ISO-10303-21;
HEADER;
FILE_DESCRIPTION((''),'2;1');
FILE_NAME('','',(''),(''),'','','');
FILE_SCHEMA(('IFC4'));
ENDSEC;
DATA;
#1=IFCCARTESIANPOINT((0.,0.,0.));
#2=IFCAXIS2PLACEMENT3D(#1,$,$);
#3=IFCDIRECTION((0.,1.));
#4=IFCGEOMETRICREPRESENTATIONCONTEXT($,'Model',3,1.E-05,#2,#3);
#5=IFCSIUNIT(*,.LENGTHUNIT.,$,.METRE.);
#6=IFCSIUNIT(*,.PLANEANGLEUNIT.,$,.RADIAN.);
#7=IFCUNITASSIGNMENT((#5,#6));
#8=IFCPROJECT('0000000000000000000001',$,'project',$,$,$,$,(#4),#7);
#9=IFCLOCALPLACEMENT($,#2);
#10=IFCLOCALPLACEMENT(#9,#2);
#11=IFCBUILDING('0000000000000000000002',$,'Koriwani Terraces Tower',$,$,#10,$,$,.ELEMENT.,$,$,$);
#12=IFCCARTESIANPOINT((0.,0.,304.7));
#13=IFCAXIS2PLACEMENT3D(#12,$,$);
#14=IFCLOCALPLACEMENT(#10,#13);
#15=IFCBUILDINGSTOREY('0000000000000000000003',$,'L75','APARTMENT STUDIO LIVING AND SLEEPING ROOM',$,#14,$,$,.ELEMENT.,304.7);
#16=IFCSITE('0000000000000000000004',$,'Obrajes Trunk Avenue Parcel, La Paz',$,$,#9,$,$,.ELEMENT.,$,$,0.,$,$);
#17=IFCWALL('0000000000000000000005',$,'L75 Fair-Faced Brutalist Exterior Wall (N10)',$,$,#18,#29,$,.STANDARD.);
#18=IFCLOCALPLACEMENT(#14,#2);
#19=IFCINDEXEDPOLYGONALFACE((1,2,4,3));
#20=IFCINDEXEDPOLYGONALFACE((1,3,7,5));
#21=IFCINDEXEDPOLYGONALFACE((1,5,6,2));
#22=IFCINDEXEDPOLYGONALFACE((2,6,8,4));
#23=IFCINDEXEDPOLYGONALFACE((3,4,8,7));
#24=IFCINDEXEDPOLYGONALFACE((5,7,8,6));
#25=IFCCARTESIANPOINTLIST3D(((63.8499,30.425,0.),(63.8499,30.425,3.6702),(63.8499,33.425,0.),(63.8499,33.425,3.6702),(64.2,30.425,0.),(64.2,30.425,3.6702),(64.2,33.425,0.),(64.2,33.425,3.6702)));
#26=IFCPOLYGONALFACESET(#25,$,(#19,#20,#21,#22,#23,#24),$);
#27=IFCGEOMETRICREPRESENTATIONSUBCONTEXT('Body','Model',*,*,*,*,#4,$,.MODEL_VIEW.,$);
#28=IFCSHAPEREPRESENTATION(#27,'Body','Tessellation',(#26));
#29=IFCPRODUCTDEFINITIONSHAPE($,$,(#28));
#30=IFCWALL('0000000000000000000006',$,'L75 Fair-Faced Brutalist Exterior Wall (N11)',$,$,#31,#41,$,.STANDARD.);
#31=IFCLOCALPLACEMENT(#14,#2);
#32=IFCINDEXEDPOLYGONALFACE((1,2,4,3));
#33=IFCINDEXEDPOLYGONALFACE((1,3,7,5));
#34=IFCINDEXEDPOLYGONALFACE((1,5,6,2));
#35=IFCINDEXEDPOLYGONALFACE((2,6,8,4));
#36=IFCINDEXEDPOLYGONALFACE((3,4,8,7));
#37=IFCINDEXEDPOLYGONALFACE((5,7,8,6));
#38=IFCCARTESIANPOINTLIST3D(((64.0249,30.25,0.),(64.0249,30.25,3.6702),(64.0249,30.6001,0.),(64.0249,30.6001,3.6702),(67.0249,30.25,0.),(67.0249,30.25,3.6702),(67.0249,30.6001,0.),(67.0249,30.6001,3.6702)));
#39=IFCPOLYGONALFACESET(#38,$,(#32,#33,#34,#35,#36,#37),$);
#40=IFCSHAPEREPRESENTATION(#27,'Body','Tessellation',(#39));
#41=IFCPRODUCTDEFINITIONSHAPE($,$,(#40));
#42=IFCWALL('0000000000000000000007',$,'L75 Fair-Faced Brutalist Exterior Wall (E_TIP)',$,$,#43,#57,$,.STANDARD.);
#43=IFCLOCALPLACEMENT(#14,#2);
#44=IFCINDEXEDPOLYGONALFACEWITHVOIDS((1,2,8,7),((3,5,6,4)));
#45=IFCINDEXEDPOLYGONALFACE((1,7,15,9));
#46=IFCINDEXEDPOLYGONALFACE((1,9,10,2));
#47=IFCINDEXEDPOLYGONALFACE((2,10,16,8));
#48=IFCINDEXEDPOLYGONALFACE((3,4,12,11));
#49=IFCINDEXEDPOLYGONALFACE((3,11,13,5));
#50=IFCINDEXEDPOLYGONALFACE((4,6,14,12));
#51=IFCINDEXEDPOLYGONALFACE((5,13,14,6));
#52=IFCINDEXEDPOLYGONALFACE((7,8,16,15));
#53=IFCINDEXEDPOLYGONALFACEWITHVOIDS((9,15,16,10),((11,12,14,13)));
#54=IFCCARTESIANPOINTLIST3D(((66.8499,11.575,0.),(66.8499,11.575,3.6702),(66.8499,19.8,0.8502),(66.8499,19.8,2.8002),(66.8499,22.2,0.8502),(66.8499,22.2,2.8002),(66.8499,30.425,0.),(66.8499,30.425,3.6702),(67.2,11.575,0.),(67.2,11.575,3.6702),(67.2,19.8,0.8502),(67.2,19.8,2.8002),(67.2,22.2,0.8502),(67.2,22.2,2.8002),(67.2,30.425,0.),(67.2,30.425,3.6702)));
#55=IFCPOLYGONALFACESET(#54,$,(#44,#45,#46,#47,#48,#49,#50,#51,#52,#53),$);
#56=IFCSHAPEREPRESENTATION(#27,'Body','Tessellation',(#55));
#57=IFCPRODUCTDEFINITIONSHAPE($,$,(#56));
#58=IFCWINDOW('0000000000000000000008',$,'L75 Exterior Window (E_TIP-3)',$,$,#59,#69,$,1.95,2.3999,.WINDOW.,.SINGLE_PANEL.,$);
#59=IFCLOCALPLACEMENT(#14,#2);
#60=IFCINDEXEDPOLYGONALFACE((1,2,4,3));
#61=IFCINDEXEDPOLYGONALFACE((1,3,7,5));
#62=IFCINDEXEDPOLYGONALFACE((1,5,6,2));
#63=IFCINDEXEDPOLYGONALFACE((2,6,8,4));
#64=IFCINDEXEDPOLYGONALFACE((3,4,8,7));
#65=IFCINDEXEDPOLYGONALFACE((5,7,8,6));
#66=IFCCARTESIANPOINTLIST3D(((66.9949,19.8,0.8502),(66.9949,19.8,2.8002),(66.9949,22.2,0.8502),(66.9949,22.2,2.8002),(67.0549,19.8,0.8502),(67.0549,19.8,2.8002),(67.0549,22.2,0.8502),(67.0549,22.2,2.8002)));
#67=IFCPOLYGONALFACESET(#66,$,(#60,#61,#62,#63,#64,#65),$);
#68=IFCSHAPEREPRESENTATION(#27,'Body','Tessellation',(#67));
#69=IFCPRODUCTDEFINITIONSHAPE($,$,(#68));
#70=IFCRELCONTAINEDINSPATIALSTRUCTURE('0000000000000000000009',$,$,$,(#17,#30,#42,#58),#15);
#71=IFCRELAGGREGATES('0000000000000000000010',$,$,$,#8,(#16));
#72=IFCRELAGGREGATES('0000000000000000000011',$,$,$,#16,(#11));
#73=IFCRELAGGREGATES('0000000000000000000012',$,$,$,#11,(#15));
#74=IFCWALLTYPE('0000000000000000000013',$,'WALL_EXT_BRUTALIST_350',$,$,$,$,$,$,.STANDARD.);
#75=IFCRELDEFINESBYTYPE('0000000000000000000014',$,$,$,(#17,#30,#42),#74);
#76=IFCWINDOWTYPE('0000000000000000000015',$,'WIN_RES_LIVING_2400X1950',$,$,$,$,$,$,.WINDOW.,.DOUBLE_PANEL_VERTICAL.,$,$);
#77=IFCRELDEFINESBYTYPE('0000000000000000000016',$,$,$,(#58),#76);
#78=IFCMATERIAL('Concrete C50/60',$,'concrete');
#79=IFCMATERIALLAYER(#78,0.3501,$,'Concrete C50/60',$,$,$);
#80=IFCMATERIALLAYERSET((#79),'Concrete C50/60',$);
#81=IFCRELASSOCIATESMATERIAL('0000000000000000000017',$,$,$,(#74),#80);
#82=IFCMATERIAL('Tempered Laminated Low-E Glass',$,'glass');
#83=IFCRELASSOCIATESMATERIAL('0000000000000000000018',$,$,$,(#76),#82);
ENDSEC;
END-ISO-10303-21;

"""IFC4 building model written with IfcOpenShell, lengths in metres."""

from ifc_helpers import new_model, si_unit, direction, frame, frame_2d, origin, place, context, subcontext, project, spatial, rectangle, extrude, material, layer, layer_set, type_object, element, fill, save


model = new_model("IFC4")

# Units and contexts
model_context = context("Model", 3, precision=1e-05, world=origin(), true_north=direction((0.0, 1.0)))
body_context = subcontext(model_context, "Body", "Model", "MODEL_VIEW")
ifc_project = project(units=[si_unit("LENGTHUNIT", "METRE"), si_unit("PLANEANGLEUNIT", "RADIAN")], contexts=[model_context])

# Site, building, storey
site_placement = place(None, origin())
site = spatial("IfcSite", under=ifc_project, at=site_placement, Name="Obrajes Trunk Avenue Parcel, La Paz", CompositionType="ELEMENT", RefElevation=0.0)
building_placement = place(site_placement, origin())
building = spatial("IfcBuilding", under=site, at=building_placement, Name="Koriwani Terraces Tower", CompositionType="ELEMENT")
storey_placement = place(building_placement, frame((0.0, 0.0, 304.7)))
storey = spatial("IfcBuildingStorey", under=building, at=storey_placement, Name="L75", Description="APARTMENT STUDIO LIVING AND SLEEPING ROOM", CompositionType="ELEMENT", Elevation=304.7)

# Shared definitions
ifc_material_1 = material(Name="Concrete C50/60", Category="concrete")

# Shared definitions
ifc_layer_1 = layer(ifc_material_1, 0.3501, Name="Concrete C50/60")
ifc_layer_set_1 = layer_set([ifc_layer_1], Name="Concrete C50/60")
wall_type_1 = type_object("IfcWallType", Name="WALL_EXT_BRUTALIST_350", PredefinedType="STANDARD", material=ifc_layer_set_1)

# Walls
for number, where, z_axis, x_axis, name in (
    (1, (64.0249, 33.425, 0.0), (0.0, 0.0, 1.0), (0.0, -1.0, 0.0), "L75 Fair-Faced Brutalist Exterior Wall (N10)"),
    (2, (64.0249, 30.425, 0.0), (0.0, 0.0, 1.0), (1.0, 0.0, 0.0), "L75 Fair-Faced Brutalist Exterior Wall (N11)"),
):
    element("IfcWall", number, at=place(storey_placement, frame(where, z_axis=z_axis, x_axis=x_axis)), inside=storey, type_object=wall_type_1, Name=name, PredefinedType="STANDARD", context=body_context, shape_type="SweptSolid", body=[
        extrude(rectangle(XDim=3.0, YDim=0.3501, at=frame_2d((1.5, 0.0))), origin(), (0.0, 0.0, 1.0), 3.6702),
    ])

# Wall, opening, window
wall_1_placement = place(storey_placement, frame((67.0249, 30.425, 0.0), z_axis=(0.0, 0.0, 1.0), x_axis=(0.0, -1.0, 0.0)))
wall_1 = element("IfcWall", 3, at=wall_1_placement, inside=storey, type_object=wall_type_1, Name="L75 Fair-Faced Brutalist Exterior Wall (E_TIP)", PredefinedType="STANDARD", context=body_context, shape_type="SweptSolid", body=[
    extrude(rectangle(XDim=18.8501, YDim=0.3501, at=frame_2d((9.425, 0.0))), origin(), (0.0, 0.0, 1.0), 3.6702),
])
opening_1_placement = place(wall_1_placement, frame((8.2251, 0.0, 0.8501)))
opening_1 = element("IfcOpeningElement", 4, at=opening_1_placement, cuts=wall_1, PredefinedType="OPENING", context=body_context, shape_type="SweptSolid", body=[
    extrude(rectangle(XDim=2.3999, YDim=1.95, at=frame_2d((1.2, 0.9751))), frame((0.0, 0.1851, 0.0), z_axis=(0.0, -1.0, 0.0), x_axis=(1.0, 0.0, 0.0)), (0.0, 0.0, 1.0), 0.3701),
])
ifc_material_2 = material(Name="Tempered Laminated Low-E Glass", Category="glass")
window_type = type_object("IfcWindowType", Name="WIN_RES_LIVING_2400X1950", PartitioningType="DOUBLE_PANEL_VERTICAL", PredefinedType="WINDOW", material=ifc_material_2)
window_placement = place(opening_1_placement, origin())
window = element("IfcWindow", 5, at=window_placement, inside=storey, type_object=window_type, Name="L75 Exterior Window (E_TIP-3)", OverallHeight=1.95, OverallWidth=2.3999, PartitioningType="SINGLE_PANEL", PredefinedType="WINDOW", context=body_context, shape_type="SweptSolid", body=[
    extrude(rectangle(XDim=2.3999, YDim=1.95, at=frame_2d((1.2, 0.9751))), frame((0.0, 0.03, 0.0), z_axis=(0.0, -1.0, 0.0), x_axis=(1.0, 0.0, 0.0)), (0.0, 0.0, 1.0), 0.0601),
])
fill(opening_1, window)

save(model, "model.ifc")
